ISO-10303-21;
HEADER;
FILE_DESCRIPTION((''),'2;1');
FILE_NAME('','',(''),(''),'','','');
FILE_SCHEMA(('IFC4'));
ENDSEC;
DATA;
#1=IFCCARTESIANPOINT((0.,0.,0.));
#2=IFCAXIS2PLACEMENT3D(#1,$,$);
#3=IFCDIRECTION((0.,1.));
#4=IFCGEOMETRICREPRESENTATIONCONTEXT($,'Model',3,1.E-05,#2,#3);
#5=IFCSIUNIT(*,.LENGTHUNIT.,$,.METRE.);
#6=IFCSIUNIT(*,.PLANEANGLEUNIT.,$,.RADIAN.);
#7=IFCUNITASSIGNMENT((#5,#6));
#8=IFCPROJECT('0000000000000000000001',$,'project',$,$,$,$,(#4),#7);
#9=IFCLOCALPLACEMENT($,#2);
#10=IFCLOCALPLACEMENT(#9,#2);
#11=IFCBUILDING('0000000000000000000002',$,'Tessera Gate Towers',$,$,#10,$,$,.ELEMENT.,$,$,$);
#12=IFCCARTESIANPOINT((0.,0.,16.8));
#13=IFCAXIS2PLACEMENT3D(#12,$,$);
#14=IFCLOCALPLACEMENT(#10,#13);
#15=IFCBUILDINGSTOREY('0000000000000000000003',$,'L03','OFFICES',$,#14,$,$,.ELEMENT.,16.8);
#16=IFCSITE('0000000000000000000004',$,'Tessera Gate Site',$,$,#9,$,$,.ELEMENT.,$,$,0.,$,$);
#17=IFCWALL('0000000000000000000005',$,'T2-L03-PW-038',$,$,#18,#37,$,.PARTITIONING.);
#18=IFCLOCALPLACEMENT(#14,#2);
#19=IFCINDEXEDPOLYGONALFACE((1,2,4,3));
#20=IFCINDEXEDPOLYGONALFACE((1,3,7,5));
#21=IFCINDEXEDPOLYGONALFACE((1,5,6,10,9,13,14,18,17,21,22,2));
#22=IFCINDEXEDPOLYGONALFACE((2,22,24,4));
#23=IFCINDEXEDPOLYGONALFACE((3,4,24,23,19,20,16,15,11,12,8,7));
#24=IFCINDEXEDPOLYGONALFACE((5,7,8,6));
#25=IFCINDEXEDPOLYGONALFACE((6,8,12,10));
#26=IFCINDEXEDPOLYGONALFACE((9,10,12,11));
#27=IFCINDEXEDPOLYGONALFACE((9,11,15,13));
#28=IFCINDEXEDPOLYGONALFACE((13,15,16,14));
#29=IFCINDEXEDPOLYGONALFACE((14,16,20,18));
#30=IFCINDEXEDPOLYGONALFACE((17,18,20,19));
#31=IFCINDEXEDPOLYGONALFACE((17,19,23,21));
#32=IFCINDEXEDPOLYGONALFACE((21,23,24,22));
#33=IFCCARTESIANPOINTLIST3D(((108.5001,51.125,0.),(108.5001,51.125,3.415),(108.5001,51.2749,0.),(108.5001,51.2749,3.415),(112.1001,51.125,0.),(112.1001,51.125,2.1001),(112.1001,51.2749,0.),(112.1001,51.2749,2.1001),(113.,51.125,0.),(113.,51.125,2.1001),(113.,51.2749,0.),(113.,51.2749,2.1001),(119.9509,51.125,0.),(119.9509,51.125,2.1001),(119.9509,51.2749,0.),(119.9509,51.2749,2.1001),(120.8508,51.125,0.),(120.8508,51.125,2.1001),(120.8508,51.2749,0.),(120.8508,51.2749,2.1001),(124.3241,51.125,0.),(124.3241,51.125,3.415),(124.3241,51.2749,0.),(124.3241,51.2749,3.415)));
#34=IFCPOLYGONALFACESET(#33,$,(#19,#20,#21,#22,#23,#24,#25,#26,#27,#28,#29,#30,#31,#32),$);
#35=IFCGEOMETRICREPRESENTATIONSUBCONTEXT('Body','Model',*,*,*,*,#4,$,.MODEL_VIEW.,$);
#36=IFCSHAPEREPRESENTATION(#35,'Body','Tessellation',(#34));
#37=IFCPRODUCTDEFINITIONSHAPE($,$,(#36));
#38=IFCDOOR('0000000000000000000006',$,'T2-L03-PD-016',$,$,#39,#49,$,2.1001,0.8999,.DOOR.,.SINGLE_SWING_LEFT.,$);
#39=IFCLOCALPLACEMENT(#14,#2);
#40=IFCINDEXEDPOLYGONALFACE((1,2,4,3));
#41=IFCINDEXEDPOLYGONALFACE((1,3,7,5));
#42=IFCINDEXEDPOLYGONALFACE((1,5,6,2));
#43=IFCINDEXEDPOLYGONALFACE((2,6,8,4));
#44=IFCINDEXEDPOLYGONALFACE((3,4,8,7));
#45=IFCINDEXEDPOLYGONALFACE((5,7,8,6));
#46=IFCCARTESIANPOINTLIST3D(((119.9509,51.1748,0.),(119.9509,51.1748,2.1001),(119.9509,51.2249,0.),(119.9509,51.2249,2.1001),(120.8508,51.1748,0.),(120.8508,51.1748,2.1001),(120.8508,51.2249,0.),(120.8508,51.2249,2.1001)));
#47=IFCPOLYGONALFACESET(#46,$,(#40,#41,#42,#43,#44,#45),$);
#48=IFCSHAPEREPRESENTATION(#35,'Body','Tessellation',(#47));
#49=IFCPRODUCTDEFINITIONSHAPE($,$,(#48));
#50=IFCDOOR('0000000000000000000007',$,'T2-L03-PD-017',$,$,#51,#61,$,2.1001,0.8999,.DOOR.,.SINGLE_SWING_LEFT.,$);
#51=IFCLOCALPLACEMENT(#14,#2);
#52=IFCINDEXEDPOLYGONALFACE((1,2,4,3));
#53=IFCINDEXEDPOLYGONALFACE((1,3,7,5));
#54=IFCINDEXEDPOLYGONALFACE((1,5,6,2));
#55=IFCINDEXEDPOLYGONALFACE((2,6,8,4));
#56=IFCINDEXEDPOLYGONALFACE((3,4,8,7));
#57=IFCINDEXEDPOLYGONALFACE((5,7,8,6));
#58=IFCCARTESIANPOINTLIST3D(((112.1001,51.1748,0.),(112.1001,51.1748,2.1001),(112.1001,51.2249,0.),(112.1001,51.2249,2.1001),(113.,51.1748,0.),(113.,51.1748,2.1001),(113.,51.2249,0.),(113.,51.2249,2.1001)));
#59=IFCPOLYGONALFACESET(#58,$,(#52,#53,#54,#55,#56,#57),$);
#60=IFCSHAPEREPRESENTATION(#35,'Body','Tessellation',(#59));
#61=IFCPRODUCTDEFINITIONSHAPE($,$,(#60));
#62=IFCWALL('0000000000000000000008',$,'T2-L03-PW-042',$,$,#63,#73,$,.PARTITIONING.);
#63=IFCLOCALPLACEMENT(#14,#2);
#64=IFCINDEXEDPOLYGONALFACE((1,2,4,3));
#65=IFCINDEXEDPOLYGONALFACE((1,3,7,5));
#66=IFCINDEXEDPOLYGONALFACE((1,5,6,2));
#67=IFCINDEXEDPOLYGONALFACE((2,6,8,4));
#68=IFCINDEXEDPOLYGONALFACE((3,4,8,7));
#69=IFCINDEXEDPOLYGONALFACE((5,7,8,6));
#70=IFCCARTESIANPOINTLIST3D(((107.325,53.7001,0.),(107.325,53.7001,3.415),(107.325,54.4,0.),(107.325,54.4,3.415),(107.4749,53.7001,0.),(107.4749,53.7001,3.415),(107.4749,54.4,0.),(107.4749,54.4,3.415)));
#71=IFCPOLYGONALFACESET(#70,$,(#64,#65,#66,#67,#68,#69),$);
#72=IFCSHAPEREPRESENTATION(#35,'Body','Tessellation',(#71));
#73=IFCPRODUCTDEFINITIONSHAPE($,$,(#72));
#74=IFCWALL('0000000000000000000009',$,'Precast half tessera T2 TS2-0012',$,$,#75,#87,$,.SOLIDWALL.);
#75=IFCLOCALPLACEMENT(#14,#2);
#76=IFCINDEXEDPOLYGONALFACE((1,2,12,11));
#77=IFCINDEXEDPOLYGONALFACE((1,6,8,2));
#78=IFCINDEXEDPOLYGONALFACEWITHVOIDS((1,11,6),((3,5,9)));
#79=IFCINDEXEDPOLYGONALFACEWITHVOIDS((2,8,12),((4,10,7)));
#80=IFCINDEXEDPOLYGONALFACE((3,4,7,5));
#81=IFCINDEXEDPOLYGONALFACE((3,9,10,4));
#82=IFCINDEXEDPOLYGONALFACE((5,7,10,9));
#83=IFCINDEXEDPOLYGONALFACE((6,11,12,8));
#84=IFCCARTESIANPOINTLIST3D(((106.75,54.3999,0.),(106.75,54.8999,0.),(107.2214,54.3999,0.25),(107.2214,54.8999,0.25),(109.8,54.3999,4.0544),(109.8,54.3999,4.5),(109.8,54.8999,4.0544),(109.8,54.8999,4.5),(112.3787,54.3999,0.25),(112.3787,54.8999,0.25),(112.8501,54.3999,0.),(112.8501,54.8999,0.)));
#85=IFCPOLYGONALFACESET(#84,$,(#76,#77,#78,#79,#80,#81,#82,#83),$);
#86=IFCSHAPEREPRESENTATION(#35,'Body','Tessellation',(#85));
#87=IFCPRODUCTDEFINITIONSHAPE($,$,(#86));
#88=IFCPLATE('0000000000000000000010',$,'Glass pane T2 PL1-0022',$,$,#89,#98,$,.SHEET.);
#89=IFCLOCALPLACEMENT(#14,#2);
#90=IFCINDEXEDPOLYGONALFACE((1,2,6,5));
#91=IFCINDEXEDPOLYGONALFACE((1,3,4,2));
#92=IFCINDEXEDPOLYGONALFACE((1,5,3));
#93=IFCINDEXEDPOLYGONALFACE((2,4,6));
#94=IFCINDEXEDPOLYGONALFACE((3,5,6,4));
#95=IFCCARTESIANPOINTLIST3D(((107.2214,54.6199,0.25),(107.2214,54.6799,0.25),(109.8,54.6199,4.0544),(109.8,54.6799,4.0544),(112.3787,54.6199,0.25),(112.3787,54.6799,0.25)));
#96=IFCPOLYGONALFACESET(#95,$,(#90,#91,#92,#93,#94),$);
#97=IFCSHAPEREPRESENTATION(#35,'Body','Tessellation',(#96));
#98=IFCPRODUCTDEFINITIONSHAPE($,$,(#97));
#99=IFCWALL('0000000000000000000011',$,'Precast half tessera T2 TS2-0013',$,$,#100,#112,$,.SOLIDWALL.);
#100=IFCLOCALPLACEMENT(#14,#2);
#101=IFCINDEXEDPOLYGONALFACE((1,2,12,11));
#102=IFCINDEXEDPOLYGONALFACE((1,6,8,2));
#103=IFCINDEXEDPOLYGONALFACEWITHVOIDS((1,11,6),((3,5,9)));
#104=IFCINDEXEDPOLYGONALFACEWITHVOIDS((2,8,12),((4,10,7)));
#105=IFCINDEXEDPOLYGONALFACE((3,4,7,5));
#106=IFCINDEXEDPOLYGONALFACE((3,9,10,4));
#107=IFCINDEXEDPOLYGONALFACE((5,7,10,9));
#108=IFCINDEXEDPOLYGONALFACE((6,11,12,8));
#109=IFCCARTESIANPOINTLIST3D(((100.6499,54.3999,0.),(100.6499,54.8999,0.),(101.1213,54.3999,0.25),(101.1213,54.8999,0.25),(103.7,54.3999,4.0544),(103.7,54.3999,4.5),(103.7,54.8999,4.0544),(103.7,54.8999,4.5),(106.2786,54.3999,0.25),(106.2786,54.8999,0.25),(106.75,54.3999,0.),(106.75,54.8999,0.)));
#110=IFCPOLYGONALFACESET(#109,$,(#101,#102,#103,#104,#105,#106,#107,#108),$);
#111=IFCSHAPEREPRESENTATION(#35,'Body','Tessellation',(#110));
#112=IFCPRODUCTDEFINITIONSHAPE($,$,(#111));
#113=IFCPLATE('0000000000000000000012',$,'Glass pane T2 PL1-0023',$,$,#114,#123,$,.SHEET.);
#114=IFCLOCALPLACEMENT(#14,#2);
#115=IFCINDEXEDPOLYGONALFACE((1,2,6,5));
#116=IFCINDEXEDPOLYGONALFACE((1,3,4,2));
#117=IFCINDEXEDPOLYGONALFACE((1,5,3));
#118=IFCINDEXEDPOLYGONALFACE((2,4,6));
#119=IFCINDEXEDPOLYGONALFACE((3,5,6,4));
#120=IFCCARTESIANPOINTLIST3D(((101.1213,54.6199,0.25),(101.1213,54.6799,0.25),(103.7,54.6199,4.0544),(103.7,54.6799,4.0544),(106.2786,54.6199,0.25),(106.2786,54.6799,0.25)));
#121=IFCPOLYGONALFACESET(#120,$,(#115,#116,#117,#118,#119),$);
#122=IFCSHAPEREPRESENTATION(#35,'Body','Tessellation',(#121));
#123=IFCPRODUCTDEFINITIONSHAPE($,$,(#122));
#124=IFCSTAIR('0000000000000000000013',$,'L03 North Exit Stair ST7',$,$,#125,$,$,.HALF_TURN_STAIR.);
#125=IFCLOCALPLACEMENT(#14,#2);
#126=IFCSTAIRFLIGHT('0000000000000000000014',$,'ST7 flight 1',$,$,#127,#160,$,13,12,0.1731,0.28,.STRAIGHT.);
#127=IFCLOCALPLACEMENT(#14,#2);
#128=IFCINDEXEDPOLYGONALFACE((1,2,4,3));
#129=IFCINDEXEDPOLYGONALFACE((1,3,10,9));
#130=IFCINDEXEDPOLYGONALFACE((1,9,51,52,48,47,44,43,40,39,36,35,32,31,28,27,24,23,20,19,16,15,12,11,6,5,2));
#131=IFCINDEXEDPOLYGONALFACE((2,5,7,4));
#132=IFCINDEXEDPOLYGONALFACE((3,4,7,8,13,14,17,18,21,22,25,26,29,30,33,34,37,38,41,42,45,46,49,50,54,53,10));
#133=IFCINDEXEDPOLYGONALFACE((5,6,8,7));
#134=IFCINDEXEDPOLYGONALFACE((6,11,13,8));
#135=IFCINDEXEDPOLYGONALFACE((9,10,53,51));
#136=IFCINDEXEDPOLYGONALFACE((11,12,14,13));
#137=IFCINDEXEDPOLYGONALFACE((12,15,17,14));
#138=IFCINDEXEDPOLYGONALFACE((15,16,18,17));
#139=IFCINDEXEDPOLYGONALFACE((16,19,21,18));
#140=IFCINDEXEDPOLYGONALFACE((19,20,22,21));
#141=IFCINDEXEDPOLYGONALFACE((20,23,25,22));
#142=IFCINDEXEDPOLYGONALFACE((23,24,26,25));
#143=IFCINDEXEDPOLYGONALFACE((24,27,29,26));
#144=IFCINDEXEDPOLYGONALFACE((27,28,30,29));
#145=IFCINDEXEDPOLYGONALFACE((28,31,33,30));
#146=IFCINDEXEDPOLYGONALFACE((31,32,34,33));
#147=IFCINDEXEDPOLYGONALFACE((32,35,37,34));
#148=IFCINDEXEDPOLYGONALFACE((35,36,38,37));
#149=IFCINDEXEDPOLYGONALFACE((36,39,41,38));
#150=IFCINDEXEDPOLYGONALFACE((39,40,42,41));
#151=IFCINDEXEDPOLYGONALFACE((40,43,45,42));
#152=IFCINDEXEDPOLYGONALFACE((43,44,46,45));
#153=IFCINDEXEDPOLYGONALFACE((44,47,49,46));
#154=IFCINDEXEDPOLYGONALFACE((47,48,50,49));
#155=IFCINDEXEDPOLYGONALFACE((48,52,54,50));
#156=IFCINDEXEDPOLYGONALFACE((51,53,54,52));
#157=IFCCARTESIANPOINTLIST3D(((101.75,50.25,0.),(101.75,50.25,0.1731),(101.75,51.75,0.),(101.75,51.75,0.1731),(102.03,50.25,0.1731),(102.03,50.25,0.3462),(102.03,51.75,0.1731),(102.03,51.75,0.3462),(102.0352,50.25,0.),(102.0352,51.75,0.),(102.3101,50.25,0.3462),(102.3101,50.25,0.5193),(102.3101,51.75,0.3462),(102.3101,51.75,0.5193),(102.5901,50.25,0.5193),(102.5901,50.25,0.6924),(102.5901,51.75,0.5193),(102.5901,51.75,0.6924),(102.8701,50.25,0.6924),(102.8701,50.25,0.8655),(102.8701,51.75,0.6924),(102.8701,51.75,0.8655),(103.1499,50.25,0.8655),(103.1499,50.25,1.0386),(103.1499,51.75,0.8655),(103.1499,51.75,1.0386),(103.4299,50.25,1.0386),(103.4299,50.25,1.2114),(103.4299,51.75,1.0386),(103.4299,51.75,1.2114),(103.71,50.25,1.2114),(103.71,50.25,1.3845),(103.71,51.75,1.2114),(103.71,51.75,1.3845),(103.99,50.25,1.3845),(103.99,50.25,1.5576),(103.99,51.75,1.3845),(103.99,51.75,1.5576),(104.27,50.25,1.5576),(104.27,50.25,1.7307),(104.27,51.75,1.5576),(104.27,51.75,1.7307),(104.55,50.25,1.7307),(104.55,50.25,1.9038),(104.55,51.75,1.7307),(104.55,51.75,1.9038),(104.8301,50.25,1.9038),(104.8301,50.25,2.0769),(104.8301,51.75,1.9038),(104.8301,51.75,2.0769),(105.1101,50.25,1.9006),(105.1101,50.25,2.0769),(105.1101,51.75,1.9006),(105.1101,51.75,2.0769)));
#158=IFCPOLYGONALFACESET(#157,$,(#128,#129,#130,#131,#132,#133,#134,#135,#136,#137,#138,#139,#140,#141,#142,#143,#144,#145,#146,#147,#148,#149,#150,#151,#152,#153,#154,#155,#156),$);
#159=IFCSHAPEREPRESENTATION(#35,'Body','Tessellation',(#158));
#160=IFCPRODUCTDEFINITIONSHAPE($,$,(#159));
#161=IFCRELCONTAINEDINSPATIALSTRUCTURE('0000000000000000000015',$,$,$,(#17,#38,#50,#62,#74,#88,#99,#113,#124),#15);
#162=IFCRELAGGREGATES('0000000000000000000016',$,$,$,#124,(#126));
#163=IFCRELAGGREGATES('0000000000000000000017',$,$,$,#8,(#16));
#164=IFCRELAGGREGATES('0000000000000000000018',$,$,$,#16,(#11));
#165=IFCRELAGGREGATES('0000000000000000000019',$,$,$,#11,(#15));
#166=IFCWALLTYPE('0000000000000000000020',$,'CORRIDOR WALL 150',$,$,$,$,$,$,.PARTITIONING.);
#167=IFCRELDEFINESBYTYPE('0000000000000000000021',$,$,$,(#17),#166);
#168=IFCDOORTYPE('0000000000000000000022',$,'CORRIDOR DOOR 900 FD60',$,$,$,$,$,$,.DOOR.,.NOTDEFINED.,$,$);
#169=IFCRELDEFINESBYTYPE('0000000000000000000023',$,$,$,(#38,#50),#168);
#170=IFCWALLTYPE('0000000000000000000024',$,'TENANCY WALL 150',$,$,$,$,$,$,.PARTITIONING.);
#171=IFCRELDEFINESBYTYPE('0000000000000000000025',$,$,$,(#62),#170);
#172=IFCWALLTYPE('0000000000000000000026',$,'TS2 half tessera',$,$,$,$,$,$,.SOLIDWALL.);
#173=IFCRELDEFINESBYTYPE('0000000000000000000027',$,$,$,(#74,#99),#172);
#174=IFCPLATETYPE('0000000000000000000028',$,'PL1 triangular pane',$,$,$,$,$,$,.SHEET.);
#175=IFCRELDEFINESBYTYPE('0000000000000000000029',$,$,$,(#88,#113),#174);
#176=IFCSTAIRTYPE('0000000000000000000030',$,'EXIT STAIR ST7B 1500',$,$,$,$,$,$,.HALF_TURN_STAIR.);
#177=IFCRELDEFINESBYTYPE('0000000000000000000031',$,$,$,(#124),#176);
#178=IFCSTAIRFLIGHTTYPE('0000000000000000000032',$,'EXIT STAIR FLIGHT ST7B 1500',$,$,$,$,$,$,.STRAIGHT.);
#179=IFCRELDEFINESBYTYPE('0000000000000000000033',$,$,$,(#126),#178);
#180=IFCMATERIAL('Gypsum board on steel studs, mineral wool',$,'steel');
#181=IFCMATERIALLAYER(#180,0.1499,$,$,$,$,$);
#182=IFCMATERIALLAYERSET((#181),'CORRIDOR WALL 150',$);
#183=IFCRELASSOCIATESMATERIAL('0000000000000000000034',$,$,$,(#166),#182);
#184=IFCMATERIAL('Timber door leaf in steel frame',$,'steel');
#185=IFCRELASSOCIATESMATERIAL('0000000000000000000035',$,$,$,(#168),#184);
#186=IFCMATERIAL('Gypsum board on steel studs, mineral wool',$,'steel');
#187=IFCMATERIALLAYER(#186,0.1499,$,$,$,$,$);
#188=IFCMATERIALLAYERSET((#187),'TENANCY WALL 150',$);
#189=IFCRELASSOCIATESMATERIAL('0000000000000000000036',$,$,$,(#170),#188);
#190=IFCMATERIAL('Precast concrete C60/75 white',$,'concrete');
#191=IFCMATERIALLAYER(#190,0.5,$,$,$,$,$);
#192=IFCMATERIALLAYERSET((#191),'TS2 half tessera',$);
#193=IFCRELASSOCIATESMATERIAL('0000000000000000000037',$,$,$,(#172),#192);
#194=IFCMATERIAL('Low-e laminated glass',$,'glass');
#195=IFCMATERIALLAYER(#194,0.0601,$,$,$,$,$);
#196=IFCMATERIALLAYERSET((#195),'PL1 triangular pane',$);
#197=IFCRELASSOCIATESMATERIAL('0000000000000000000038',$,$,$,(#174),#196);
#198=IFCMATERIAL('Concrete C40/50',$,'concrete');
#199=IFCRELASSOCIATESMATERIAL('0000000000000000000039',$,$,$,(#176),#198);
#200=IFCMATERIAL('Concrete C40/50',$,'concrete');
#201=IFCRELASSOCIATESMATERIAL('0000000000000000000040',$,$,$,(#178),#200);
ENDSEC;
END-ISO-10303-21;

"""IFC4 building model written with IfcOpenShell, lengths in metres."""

from ifc_helpers import new_model, si_unit, direction, frame, frame_2d, origin, place, context, subcontext, project, spatial, polyline, rectangle, outline, extrude, source, transform, mapped, material, layer, layer_set, type_object, element, fill, aggregate, save


model = new_model("IFC4")

# Units and contexts
model_context = context("Model", 3, precision=1e-05, world=origin(), true_north=direction((0.0, 1.0)))
body_context = subcontext(model_context, "Body", "Model", "MODEL_VIEW")
ifc_project = project(units=[si_unit("LENGTHUNIT", "METRE"), si_unit("PLANEANGLEUNIT", "RADIAN")], contexts=[model_context])

# Site, building, storey
site_placement = place(None, origin())
site = spatial("IfcSite", under=ifc_project, at=site_placement, Name="Tessera Gate Site", CompositionType="ELEMENT", RefElevation=0.0)
building_placement = place(site_placement, origin())
building = spatial("IfcBuilding", under=site, at=building_placement, Name="Tessera Gate Towers", CompositionType="ELEMENT")
storey_placement = place(building_placement, frame((0.0, 0.0, 16.8)))
storey = spatial("IfcBuildingStorey", under=building, at=storey_placement, Name="L03", Description="OFFICES", CompositionType="ELEMENT", Elevation=16.8)

# Wall, openings, doors
ifc_material_1 = material(Name="Gypsum board on steel studs, mineral wool", Category="steel")
ifc_layer_1 = layer(ifc_material_1, 0.1499)
ifc_layer_set_1 = layer_set([ifc_layer_1], Name="CORRIDOR WALL 150")
wall_type_1 = type_object("IfcWallType", Name="CORRIDOR WALL 150", PredefinedType="PARTITIONING", material=ifc_layer_set_1)
wall_1_placement = place(storey_placement, frame((108.5, 51.2, 0.0), z_axis=(0.0, 0.0, 1.0), x_axis=(1.0, 0.0, 0.0)))
wall_1 = element("IfcWall", 1, at=wall_1_placement, inside=storey, type_object=wall_type_1, Name="T2-L03-PW-038", PredefinedType="PARTITIONING", context=body_context, shape_type="SweptSolid", body=[
    extrude(rectangle(XDim=15.824, YDim=0.1499, at=frame_2d((7.9121, 0.0))), origin(), (0.0, 0.0, 1.0), 3.415),
])
shared_shape_1 = source(origin(), body_context, "Body", "SweptSolid", [
    extrude(rectangle(XDim=0.8999, YDim=2.1001, at=frame_2d((0.45, 1.05))), frame((0.0, 0.085, 0.0), z_axis=(0.0, -1.0, 0.0), x_axis=(1.0, 0.0, 0.0)), (0.0, 0.0, 1.0), 0.1699),
])
opening_1_placement = place(wall_1_placement, frame((11.4509, 0.0, 0.0)))
opening_1 = element("IfcOpeningElement", 2, at=opening_1_placement, cuts=wall_1, PredefinedType="OPENING", context=body_context, shape_type="MappedRepresentation", body=[
    mapped(shared_shape_1, transform((0.0, 0.0, 0.0), scale=1.0)),
])
opening_2_placement = place(wall_1_placement, frame((3.6001, 0.0, 0.0)))
opening_2 = element("IfcOpeningElement", 3, at=opening_2_placement, cuts=wall_1, PredefinedType="OPENING", context=body_context, shape_type="MappedRepresentation", body=[
    mapped(shared_shape_1, transform((0.0, 0.0, 0.0), scale=1.0)),
])
ifc_material_2 = material(Name="Timber door leaf in steel frame", Category="steel")
door_type_1 = type_object("IfcDoorType", Name="CORRIDOR DOOR 900 FD60", OperationType="NOTDEFINED", PredefinedType="DOOR", material=ifc_material_2)
shared_shape_2 = source(origin(), body_context, "Body", "SweptSolid", [
    extrude(rectangle(XDim=0.8999, YDim=2.1001, at=frame_2d((0.45, 1.05))), frame((0.0, 0.0249, 0.0), z_axis=(0.0, -1.0, 0.0), x_axis=(1.0, 0.0, 0.0)), (0.0, 0.0, 1.0), 0.05),
])
door_1_placement = place(opening_1_placement, origin())
door_1 = element("IfcDoor", 4, at=door_1_placement, inside=storey, type_object=door_type_1, Name="T2-L03-PD-016", OperationType="SINGLE_SWING_LEFT", OverallHeight=2.1001, OverallWidth=0.8999, PredefinedType="DOOR", context=body_context, shape_type="MappedRepresentation", body=[
    mapped(shared_shape_2, transform((0.0, 0.0, 0.0), scale=1.0)),
])
fill(opening_1, door_1)
door_2_placement = place(opening_2_placement, origin())
door_2 = element("IfcDoor", 5, at=door_2_placement, inside=storey, type_object=door_type_1, Name="T2-L03-PD-017", OperationType="SINGLE_SWING_LEFT", OverallHeight=2.1001, OverallWidth=0.8999, PredefinedType="DOOR", context=body_context, shape_type="MappedRepresentation", body=[
    mapped(shared_shape_2, transform((0.0, 0.0, 0.0), scale=1.0)),
])
fill(opening_2, door_2)

# Wall
ifc_material_3 = material(Name="Gypsum board on steel studs, mineral wool", Category="steel")
ifc_layer_2 = layer(ifc_material_3, 0.1499)
ifc_layer_set_2 = layer_set([ifc_layer_2], Name="TENANCY WALL 150")
wall_type_2 = type_object("IfcWallType", Name="TENANCY WALL 150", PredefinedType="PARTITIONING", material=ifc_layer_set_2)
wall_2_placement = place(storey_placement, frame((107.3999, 53.7, 0.0), z_axis=(0.0, 0.0, 1.0), x_axis=(0.0, 1.0, 0.0)))
element("IfcWall", 6, at=wall_2_placement, inside=storey, type_object=wall_type_2, Name="T2-L03-PW-042", PredefinedType="PARTITIONING", context=body_context, shape_type="SweptSolid", body=[
    extrude(rectangle(XDim=0.7, YDim=0.1499, at=frame_2d((0.3501, 0.0))), origin(), (0.0, 0.0, 1.0), 3.415),
])

# Walls, openings, plates
ifc_material_4 = material(Name="Precast concrete C60/75 white", Category="concrete")
ifc_layer_3 = layer(ifc_material_4, 0.5)
ifc_layer_set_3 = layer_set([ifc_layer_3], Name="TS2 half tessera")
wall_type_3 = type_object("IfcWallType", Name="TS2 half tessera", PredefinedType="SOLIDWALL", material=ifc_layer_set_3)
shared_shape_3 = source(origin(), body_context, "Body", "SweptSolid", [
    extrude(outline(polyline([(6.1001, 0.0), (3.05, 4.5), (0.0, 0.0), (6.1001, 0.0)])), frame((0.0, 0.25, 0.0), z_axis=(0.0, -1.0, 0.0), x_axis=(1.0, 0.0, 0.0)), (0.0, 0.0, 1.0), 0.5),
])
wall_3_placement = place(storey_placement, frame((112.8501, 54.6499, 0.0), z_axis=(0.0, 0.0, 1.0), x_axis=(-1.0, 0.0, 0.0)))
wall_3 = element("IfcWall", 7, at=wall_3_placement, inside=storey, type_object=wall_type_3, Name="Precast half tessera T2 TS2-0012", PredefinedType="SOLIDWALL", context=body_context, shape_type="MappedRepresentation", body=[
    mapped(shared_shape_3, transform((0.0, 0.0, 0.0), scale=1.0)),
])
shared_shape_4 = source(origin(), body_context, "Body", "SweptSolid", [
    extrude(outline(polyline([(5.6287, 0.25), (3.05, 4.0544), (0.4714, 0.25), (5.6287, 0.25)])), frame((0.0, 0.26, 0.0), z_axis=(0.0, -1.0, 0.0), x_axis=(1.0, 0.0, 0.0)), (0.0, 0.0, 1.0), 0.52),
])
opening_3_placement = place(wall_3_placement, origin())
opening_3 = element("IfcOpeningElement", 8, at=opening_3_placement, cuts=wall_3, PredefinedType="OPENING", context=body_context, shape_type="MappedRepresentation", body=[
    mapped(shared_shape_4, transform((0.0, 0.0, 0.0), scale=1.0)),
])
ifc_material_5 = material(Name="Low-e laminated glass", Category="glass")
ifc_layer_4 = layer(ifc_material_5, 0.0601)
ifc_layer_set_4 = layer_set([ifc_layer_4], Name="PL1 triangular pane")
plate_type = type_object("IfcPlateType", Name="PL1 triangular pane", PredefinedType="SHEET", material=ifc_layer_set_4)
shared_shape_5 = source(origin(), body_context, "Body", "SweptSolid", [
    extrude(outline(polyline([(5.6287, 0.25), (3.05, 4.0544), (0.4714, 0.25), (5.6287, 0.25)])), frame((0.0, 0.03, 0.0), z_axis=(0.0, -1.0, 0.0), x_axis=(1.0, 0.0, 0.0)), (0.0, 0.0, 1.0), 0.0601),
])
plate_1_placement = place(opening_3_placement, origin())
plate_1 = element("IfcPlate", 9, at=plate_1_placement, inside=storey, type_object=plate_type, Name="Glass pane T2 PL1-0022", PredefinedType="SHEET", context=body_context, shape_type="MappedRepresentation", body=[
    mapped(shared_shape_5, transform((0.0, 0.0, 0.0), scale=1.0)),
])
fill(opening_3, plate_1)
wall_4_placement = place(storey_placement, frame((106.75, 54.6499, 0.0), z_axis=(0.0, 0.0, 1.0), x_axis=(-1.0, 0.0, 0.0)))
wall_4 = element("IfcWall", 10, at=wall_4_placement, inside=storey, type_object=wall_type_3, Name="Precast half tessera T2 TS2-0013", PredefinedType="SOLIDWALL", context=body_context, shape_type="MappedRepresentation", body=[
    mapped(shared_shape_3, transform((0.0, 0.0, 0.0), scale=1.0)),
])
opening_4_placement = place(wall_4_placement, origin())
opening_4 = element("IfcOpeningElement", 11, at=opening_4_placement, cuts=wall_4, PredefinedType="OPENING", context=body_context, shape_type="MappedRepresentation", body=[
    mapped(shared_shape_4, transform((0.0, 0.0, 0.0), scale=1.0)),
])
plate_2_placement = place(opening_4_placement, origin())
plate_2 = element("IfcPlate", 12, at=plate_2_placement, inside=storey, type_object=plate_type, Name="Glass pane T2 PL1-0023", PredefinedType="SHEET", context=body_context, shape_type="MappedRepresentation", body=[
    mapped(shared_shape_5, transform((0.0, 0.0, 0.0), scale=1.0)),
])
fill(opening_4, plate_2)

# Stair, stair flight
ifc_material_6 = material(Name="Concrete C40/50", Category="concrete")
stair_type = type_object("IfcStairType", Name="EXIT STAIR ST7B 1500", PredefinedType="HALF_TURN_STAIR", material=ifc_material_6)
stair_placement = place(storey_placement, origin())
stair = element("IfcStair", 13, at=stair_placement, inside=storey, type_object=stair_type, Name="L03 North Exit Stair ST7", PredefinedType="HALF_TURN_STAIR")
ifc_material_7 = material(Name="Concrete C40/50", Category="concrete")
stair_flight_type = type_object("IfcStairFlightType", Name="EXIT STAIR FLIGHT ST7B 1500", PredefinedType="STRAIGHT", material=ifc_material_7)
stair_flight_1_placement = place(storey_placement, frame((101.75, 51.0, 0.0), z_axis=(0.0, 0.0, 1.0), x_axis=(1.0, 0.0, 0.0)))
stair_flight_1 = element("IfcStairFlight", 14, at=stair_flight_1_placement, type_object=stair_flight_type, Name="ST7 flight 1", NumberOfRisers=13, NumberOfTreads=12, PredefinedType="STRAIGHT", RiserHeight=0.1731, TreadLength=0.28, context=body_context, shape_type="SweptSolid", body=[
    extrude(outline(polyline([(0.0, 0.0), (0.0, 0.1731), (0.28, 0.1731), (0.28, 0.3462), (0.5601, 0.3462), (0.5601, 0.5193), (0.8401, 0.5193), (0.8401, 0.6924), (1.1201, 0.6924), (1.1201, 0.8655), (1.3999, 0.8655), (1.3999, 1.0386), (1.6799, 1.0386), (1.6799, 1.2114), (1.96, 1.2114), (1.96, 1.3845), (2.24, 1.3845), (2.24, 1.5576), (2.52, 1.5576), (2.52, 1.7307), (2.8, 1.7307), (2.8, 1.9038), (3.0801, 1.9038), (3.0801, 2.0769), (3.3601, 2.0769), (3.3601, 2.25), (3.3601, 1.9006), (0.2852, 0.0), (0.0, 0.0)])), frame((0.0, 0.75, 0.0), z_axis=(0.0, -1.0, 0.0), x_axis=(1.0, 0.0, 0.0)), (0.0, 0.0, 1.0), 1.5),
])
aggregate(stair, [stair_flight_1])

save(model, "model.ifc")
